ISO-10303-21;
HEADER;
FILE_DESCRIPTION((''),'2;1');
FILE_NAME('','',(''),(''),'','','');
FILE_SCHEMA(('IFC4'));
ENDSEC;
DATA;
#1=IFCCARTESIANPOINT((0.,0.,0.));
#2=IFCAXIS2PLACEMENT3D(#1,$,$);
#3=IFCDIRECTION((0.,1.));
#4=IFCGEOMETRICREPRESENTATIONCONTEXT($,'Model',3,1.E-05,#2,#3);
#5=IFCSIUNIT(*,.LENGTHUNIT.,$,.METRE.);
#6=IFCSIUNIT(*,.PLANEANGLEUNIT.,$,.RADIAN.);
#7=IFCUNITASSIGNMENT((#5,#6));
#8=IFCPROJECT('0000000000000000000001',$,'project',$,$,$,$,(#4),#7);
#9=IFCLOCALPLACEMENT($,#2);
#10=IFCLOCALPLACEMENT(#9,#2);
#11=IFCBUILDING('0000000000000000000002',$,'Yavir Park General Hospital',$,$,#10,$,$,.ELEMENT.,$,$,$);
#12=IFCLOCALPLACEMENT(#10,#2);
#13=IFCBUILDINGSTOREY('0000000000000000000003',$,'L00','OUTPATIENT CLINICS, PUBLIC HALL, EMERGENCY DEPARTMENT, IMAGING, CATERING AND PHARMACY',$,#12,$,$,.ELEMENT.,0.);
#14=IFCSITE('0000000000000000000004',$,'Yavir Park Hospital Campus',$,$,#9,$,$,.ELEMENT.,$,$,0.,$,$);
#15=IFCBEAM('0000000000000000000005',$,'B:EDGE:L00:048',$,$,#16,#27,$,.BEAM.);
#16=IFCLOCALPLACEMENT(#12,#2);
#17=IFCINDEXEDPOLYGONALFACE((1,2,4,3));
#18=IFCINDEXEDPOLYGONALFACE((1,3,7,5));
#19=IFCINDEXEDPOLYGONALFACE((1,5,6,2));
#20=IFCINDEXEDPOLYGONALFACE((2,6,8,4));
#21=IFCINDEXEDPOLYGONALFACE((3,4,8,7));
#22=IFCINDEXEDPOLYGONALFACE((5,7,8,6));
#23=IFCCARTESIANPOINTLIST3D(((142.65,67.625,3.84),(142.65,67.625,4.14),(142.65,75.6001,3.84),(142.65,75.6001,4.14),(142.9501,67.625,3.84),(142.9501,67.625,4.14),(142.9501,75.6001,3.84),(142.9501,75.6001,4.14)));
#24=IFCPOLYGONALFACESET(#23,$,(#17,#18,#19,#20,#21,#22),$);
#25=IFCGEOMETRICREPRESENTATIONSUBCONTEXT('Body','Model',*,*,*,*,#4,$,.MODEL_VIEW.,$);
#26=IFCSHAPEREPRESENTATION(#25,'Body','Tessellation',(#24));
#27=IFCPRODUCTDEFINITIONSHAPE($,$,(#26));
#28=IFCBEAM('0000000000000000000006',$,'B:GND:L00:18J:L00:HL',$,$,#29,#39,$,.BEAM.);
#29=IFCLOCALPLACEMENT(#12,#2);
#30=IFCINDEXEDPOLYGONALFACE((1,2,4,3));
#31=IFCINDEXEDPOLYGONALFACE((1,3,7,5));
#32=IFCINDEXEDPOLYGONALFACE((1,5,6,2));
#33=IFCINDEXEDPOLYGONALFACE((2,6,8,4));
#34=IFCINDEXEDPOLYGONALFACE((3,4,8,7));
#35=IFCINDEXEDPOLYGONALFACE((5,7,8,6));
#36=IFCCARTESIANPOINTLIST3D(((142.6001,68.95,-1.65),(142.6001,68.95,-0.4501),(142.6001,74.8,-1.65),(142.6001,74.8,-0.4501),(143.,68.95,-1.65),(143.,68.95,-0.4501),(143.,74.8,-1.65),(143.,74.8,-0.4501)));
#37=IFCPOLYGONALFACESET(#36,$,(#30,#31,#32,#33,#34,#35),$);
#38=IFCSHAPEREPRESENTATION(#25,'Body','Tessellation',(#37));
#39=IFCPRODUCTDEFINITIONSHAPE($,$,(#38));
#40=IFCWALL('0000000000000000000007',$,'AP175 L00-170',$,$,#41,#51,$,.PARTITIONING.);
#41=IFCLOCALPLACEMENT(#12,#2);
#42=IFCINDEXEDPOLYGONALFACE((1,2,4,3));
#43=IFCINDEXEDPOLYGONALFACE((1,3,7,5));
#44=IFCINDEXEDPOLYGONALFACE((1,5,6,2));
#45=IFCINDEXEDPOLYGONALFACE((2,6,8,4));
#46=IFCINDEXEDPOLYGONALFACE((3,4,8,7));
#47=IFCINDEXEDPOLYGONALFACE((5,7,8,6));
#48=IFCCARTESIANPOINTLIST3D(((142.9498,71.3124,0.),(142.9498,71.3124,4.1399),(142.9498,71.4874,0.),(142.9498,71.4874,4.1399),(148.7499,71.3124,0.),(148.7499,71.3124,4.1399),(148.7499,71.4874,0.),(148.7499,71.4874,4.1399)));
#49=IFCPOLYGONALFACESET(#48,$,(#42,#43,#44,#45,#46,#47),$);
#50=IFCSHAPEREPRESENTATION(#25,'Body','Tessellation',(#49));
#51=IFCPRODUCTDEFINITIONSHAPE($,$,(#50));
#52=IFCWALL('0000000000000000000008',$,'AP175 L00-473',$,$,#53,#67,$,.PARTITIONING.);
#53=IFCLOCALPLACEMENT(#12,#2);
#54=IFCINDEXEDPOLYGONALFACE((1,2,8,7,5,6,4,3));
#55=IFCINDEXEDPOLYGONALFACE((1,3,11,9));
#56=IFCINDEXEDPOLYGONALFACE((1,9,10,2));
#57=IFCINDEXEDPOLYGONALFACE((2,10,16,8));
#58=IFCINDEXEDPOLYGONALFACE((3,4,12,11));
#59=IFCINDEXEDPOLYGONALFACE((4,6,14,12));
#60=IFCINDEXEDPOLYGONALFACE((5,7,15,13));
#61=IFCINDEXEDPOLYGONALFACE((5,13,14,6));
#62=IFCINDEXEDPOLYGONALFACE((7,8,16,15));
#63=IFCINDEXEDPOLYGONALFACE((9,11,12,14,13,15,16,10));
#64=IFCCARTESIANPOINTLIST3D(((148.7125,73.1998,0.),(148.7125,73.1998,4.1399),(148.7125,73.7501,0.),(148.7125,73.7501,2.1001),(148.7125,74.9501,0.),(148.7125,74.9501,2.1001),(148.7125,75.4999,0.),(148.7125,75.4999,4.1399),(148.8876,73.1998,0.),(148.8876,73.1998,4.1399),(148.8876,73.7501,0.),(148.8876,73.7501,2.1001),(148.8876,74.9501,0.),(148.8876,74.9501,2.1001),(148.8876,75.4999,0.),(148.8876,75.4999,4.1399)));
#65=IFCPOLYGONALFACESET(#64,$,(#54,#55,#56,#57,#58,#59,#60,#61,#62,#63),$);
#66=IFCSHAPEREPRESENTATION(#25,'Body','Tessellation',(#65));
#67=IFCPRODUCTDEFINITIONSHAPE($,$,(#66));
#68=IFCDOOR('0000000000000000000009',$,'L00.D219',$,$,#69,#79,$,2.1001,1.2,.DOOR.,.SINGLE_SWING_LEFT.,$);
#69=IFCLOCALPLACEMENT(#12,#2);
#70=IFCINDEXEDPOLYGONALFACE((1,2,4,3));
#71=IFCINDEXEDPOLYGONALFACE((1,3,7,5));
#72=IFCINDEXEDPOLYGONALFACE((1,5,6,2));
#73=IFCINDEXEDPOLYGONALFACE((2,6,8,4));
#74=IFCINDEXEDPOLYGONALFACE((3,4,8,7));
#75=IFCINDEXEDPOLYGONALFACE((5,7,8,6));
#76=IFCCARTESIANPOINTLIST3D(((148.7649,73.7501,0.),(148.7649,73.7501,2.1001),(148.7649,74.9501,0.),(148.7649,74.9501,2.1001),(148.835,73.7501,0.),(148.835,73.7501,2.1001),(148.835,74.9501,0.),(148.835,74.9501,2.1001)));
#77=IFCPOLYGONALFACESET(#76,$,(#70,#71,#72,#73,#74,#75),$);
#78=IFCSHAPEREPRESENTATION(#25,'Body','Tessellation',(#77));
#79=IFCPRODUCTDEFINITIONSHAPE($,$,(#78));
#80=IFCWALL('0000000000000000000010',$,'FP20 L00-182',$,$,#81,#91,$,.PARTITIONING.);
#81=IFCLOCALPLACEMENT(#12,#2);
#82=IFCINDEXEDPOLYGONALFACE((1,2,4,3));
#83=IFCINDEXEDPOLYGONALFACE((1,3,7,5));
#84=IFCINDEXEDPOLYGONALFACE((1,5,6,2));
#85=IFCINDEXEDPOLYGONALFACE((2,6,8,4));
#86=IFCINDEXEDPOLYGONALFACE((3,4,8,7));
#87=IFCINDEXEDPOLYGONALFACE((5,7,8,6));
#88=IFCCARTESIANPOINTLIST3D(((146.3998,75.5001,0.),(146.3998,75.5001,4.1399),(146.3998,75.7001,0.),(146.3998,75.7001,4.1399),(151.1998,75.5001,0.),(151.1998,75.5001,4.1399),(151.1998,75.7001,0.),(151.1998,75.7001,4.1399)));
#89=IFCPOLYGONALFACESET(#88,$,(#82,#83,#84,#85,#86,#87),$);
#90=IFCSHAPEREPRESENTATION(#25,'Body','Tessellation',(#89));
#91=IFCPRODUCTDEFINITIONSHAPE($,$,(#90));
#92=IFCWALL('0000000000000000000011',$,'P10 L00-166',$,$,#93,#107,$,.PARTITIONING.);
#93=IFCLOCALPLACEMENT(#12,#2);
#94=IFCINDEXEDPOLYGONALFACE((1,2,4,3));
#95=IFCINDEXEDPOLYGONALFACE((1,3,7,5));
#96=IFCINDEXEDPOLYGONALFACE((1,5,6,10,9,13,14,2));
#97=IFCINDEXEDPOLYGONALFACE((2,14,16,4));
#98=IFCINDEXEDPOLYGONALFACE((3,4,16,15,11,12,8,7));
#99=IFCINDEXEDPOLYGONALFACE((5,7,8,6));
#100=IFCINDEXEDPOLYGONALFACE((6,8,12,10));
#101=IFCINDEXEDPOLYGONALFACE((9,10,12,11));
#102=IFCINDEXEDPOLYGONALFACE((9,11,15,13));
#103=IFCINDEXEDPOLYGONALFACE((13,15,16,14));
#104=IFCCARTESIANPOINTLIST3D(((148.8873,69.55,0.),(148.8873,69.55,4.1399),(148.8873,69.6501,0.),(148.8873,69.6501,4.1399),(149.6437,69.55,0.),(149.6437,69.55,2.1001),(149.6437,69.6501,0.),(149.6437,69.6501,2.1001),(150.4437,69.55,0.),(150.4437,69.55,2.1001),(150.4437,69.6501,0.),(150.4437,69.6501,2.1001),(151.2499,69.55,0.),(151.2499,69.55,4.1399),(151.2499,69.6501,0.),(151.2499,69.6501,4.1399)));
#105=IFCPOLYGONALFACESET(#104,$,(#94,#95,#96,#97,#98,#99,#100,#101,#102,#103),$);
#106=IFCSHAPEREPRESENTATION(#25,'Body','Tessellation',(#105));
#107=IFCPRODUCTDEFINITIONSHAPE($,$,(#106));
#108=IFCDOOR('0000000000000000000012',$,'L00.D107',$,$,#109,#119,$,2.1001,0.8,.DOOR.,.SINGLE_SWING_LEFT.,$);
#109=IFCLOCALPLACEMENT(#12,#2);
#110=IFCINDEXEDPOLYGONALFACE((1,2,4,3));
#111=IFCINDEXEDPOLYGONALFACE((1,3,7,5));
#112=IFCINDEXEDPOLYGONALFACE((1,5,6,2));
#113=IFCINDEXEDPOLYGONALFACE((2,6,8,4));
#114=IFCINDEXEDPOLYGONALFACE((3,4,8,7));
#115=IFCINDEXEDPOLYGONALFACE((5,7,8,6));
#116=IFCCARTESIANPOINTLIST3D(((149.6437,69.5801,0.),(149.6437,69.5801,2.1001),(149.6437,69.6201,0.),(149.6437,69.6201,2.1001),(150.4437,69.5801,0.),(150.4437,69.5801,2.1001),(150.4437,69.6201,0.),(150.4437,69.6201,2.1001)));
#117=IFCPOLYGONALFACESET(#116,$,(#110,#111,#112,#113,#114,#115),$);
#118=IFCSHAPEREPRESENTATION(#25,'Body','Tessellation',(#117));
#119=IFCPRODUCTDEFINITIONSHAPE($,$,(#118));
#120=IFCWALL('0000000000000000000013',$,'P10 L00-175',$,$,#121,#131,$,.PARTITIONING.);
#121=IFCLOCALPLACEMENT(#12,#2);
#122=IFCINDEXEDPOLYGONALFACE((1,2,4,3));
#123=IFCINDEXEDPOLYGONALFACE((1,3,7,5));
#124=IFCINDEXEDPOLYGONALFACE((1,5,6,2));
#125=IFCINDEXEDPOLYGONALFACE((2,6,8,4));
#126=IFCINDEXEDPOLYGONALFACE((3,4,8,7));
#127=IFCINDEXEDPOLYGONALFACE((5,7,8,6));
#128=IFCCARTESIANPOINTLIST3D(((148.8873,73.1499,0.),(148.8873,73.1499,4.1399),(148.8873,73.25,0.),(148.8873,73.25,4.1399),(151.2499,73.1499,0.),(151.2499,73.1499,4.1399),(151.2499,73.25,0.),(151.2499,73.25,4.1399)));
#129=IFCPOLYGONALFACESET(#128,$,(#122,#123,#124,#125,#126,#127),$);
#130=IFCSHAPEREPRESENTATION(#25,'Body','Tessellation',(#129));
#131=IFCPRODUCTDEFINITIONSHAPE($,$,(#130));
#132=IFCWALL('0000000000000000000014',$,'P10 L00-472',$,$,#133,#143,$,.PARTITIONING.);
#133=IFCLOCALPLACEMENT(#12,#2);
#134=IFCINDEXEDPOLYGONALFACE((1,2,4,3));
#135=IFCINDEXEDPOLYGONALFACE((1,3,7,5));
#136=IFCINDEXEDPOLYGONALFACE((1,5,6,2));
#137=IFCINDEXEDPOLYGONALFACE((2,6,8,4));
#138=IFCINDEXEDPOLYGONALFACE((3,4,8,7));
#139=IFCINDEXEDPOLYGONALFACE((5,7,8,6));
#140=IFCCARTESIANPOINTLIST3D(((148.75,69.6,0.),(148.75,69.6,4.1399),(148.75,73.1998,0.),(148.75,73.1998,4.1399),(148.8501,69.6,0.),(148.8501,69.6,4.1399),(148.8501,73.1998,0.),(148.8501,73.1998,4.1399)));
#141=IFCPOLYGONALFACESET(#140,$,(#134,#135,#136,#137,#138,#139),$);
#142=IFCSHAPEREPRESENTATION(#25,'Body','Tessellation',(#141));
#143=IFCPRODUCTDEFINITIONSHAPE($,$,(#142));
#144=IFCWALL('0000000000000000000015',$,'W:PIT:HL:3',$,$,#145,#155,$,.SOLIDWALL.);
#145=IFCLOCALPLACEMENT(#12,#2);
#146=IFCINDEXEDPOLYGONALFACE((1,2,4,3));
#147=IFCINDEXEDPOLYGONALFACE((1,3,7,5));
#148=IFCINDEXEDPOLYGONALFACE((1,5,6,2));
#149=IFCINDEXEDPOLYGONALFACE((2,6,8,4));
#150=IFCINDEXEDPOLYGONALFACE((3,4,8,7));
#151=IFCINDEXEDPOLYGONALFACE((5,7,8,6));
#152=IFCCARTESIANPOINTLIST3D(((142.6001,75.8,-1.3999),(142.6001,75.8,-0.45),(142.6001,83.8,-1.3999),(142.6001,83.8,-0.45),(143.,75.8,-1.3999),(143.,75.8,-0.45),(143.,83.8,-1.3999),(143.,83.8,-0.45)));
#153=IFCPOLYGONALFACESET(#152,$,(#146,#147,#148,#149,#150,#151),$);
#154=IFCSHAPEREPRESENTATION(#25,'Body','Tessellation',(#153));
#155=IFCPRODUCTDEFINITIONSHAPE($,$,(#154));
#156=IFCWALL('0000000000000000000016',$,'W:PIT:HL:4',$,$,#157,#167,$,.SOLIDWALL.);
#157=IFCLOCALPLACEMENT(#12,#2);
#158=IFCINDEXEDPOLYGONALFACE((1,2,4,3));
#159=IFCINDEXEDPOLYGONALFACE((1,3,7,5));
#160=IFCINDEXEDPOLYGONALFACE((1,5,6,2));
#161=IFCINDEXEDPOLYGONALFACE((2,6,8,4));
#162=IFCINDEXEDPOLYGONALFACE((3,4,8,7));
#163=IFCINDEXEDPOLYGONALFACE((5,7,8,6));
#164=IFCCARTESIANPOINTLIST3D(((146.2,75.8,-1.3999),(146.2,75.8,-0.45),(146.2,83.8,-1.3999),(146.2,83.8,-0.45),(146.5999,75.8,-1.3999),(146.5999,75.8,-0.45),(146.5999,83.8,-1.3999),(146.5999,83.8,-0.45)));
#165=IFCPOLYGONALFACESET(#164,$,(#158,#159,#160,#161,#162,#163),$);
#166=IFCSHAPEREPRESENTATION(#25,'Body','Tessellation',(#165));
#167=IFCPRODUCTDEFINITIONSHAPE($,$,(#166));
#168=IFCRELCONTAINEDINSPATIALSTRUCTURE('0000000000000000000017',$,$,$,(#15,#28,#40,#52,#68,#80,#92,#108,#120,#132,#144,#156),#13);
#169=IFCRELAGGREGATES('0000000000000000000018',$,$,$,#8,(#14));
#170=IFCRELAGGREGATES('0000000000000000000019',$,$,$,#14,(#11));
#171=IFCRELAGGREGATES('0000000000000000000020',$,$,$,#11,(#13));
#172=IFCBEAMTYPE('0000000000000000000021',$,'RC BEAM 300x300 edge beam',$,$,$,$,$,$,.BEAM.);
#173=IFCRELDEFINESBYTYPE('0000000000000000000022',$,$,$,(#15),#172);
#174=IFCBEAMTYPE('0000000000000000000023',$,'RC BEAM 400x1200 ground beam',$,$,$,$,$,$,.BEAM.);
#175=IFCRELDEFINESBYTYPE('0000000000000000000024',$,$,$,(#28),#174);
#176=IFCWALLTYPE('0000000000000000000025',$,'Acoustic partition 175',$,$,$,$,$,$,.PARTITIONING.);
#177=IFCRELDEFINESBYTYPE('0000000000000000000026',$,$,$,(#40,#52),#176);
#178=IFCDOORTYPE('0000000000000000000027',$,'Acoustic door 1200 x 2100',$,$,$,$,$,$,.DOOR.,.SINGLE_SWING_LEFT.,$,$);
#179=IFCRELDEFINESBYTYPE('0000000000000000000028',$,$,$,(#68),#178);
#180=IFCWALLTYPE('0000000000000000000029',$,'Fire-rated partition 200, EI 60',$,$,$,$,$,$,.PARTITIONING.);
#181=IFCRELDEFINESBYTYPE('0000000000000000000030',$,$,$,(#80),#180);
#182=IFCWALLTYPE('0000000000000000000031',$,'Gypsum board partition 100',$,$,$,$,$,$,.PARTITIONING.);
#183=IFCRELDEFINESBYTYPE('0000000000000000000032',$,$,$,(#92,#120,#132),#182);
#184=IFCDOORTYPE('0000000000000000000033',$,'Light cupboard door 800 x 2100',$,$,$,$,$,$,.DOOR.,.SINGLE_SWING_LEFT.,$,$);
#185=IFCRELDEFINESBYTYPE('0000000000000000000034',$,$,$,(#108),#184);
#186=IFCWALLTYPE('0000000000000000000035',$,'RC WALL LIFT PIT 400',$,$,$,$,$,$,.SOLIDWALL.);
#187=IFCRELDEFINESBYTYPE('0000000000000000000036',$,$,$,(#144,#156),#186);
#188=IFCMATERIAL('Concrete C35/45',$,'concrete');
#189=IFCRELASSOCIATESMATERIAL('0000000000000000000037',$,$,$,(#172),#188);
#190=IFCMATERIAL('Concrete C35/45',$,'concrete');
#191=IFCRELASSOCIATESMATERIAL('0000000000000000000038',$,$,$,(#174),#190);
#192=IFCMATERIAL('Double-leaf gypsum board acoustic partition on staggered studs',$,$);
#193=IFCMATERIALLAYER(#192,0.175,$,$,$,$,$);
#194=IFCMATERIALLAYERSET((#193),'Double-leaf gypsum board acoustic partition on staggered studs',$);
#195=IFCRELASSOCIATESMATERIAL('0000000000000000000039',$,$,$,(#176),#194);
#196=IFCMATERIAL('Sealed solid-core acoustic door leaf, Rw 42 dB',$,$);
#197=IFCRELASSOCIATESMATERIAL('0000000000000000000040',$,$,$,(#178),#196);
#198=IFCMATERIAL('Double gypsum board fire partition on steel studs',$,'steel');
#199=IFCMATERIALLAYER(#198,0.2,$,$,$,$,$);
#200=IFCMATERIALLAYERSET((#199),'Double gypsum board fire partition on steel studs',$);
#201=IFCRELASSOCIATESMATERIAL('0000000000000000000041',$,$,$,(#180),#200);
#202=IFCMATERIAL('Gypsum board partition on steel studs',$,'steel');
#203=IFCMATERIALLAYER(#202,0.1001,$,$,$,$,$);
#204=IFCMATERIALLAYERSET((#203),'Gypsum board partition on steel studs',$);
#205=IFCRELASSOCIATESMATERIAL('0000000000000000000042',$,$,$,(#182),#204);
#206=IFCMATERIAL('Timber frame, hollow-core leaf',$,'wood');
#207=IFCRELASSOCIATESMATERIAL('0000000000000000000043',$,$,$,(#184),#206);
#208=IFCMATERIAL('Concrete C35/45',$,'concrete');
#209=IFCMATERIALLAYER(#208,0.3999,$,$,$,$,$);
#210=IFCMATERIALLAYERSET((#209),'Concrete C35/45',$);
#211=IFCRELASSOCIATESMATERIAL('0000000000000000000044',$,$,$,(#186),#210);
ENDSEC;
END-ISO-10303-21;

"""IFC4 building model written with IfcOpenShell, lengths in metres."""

from ifc_helpers import new_model, si_unit, direction, frame, frame_2d, origin, origin_2d, place, context, subcontext, project, spatial, rectangle, extrude, material, layer, layer_set, material_profile, profile_set, type_object, element, fill, save


model = new_model("IFC4")

# Units and contexts
model_context = context("Model", 3, precision=1e-05, world=origin(), true_north=direction((0.0, 1.0)))
body_context = subcontext(model_context, "Body", "Model", "MODEL_VIEW")
ifc_project = project(units=[si_unit("LENGTHUNIT", "METRE"), si_unit("PLANEANGLEUNIT", "RADIAN")], contexts=[model_context])

# Site, building, storey
site_placement = place(None, origin())
site = spatial("IfcSite", under=ifc_project, at=site_placement, Name="Yavir Park Hospital Campus", CompositionType="ELEMENT", RefElevation=0.0)
building_placement = place(site_placement, origin())
building = spatial("IfcBuilding", under=site, at=building_placement, Name="Yavir Park General Hospital", CompositionType="ELEMENT")
storey_placement = place(building_placement, origin())
storey = spatial("IfcBuildingStorey", under=building, at=storey_placement, Name="L00", Description="OUTPATIENT CLINICS, PUBLIC HALL, EMERGENCY DEPARTMENT, IMAGING, CATERING AND PHARMACY", CompositionType="ELEMENT", Elevation=0.0)

# Beams
ifc_material_1 = material(Name="Concrete C35/45", Category="concrete")
ifc_material_profile_1 = material_profile(ifc_material_1, rectangle(XDim=0.3, YDim=0.3, at=origin_2d()), Name="RC300x300")
ifc_profile_set_1 = profile_set([ifc_material_profile_1], Name="Concrete C35/45")
beam_type_1 = type_object("IfcBeamType", Name="RC BEAM 300x300 edge beam", PredefinedType="BEAM", material=ifc_profile_set_1)
beam_1_placement = place(storey_placement, frame((142.8, 67.625, 3.99), z_axis=(0.0, 1.0, 0.0), x_axis=(-1.0, 0.0, 0.0)))
element("IfcBeam", 1, at=beam_1_placement, inside=storey, type_object=beam_type_1, Name="B:EDGE:L00:048", PredefinedType="BEAM", context=body_context, shape_type="SweptSolid", body=[
    extrude(rectangle(XDim=0.3, YDim=0.3, at=origin_2d()), origin(), (0.0, 0.0, 1.0), 7.9751),
])
ifc_material_2 = material(Name="Concrete C35/45", Category="concrete")
ifc_material_profile_2 = material_profile(ifc_material_2, rectangle(XDim=0.3999, YDim=1.2, at=origin_2d()), Name="RC400x1200")
ifc_profile_set_2 = profile_set([ifc_material_profile_2], Name="Concrete C35/45")
beam_type_2 = type_object("IfcBeamType", Name="RC BEAM 400x1200 ground beam", PredefinedType="BEAM", material=ifc_profile_set_2)
beam_2_placement = place(storey_placement, frame((142.8, 68.95, -1.05), z_axis=(0.0, 1.0, 0.0), x_axis=(-1.0, 0.0, 0.0)))
element("IfcBeam", 2, at=beam_2_placement, inside=storey, type_object=beam_type_2, Name="B:GND:L00:18J:L00:HL", PredefinedType="BEAM", context=body_context, shape_type="SweptSolid", body=[
    extrude(rectangle(XDim=0.3999, YDim=1.2, at=origin_2d()), origin(), (0.0, 0.0, 1.0), 5.8501),
])

# Wall
ifc_material_3 = material(Name="Double-leaf gypsum board acoustic partition on staggered studs")
ifc_layer_1 = layer(ifc_material_3, 0.175)
ifc_layer_set_1 = layer_set([ifc_layer_1], Name="Double-leaf gypsum board acoustic partition on staggered studs")
wall_type_1 = type_object("IfcWallType", Name="Acoustic partition 175", PredefinedType="PARTITIONING", material=ifc_layer_set_1)
wall_1_placement = place(storey_placement, frame((142.95, 71.3999, 0.0), z_axis=(0.0, 0.0, 1.0), x_axis=(1.0, 0.0, 0.0)))
element("IfcWall", 3, at=wall_1_placement, inside=storey, type_object=wall_type_1, Name="AP175 L00-170", PredefinedType="PARTITIONING", context=body_context, shape_type="SweptSolid", body=[
    extrude(rectangle(XDim=5.8, YDim=0.175, at=frame_2d((2.8999, 0.0))), origin(), (0.0, 0.0, 1.0), 4.1399),
])

# Wall, opening, door
wall_2_placement = place(storey_placement, frame((148.8, 73.2, 0.0), z_axis=(0.0, 0.0, 1.0), x_axis=(0.0, 1.0, 0.0)))
wall_2 = element("IfcWall", 4, at=wall_2_placement, inside=storey, type_object=wall_type_1, Name="AP175 L00-473", PredefinedType="PARTITIONING", context=body_context, shape_type="SweptSolid", body=[
    extrude(rectangle(XDim=2.3, YDim=0.175, at=frame_2d((1.1499, 0.0))), origin(), (0.0, 0.0, 1.0), 4.1399),
])
opening_1_placement = place(wall_2_placement, frame((0.55, 0.0, 0.0)))
opening_1 = element("IfcOpeningElement", 5, at=opening_1_placement, cuts=wall_2, PredefinedType="OPENING", context=body_context, shape_type="SweptSolid", body=[
    extrude(rectangle(XDim=1.2, YDim=2.1001, at=frame_2d((0.6001, 1.05))), frame((0.0, 0.0974, 0.0), z_axis=(0.0, -1.0, 0.0), x_axis=(1.0, 0.0, 0.0)), (0.0, 0.0, 1.0), 0.1951),
])
ifc_material_4 = material(Name="Sealed solid-core acoustic door leaf, Rw 42 dB")
door_type_1 = type_object("IfcDoorType", Name="Acoustic door 1200 x 2100", OperationType="SINGLE_SWING_LEFT", PredefinedType="DOOR", material=ifc_material_4)
door_1_placement = place(opening_1_placement, origin())
door_1 = element("IfcDoor", 6, at=door_1_placement, inside=storey, type_object=door_type_1, Name="L00.D219", OperationType="SINGLE_SWING_LEFT", OverallHeight=2.1001, OverallWidth=1.2, PredefinedType="DOOR", context=body_context, shape_type="SweptSolid", body=[
    extrude(rectangle(XDim=1.2, YDim=2.1001, at=frame_2d((0.6001, 1.05))), frame((0.0, 0.0352, 0.0), z_axis=(0.0, -1.0, 0.0), x_axis=(1.0, 0.0, 0.0)), (0.0, 0.0, 1.0), 0.0701),
])
fill(opening_1, door_1)

# Wall
ifc_material_5 = material(Name="Double gypsum board fire partition on steel studs", Category="steel")
ifc_layer_2 = layer(ifc_material_5, 0.2)
ifc_layer_set_2 = layer_set([ifc_layer_2], Name="Double gypsum board fire partition on steel studs")
wall_type_2 = type_object("IfcWallType", Name="Fire-rated partition 200, EI 60", PredefinedType="PARTITIONING", material=ifc_layer_set_2)
wall_3_placement = place(storey_placement, frame((146.3999, 75.6001, 0.0), z_axis=(0.0, 0.0, 1.0), x_axis=(1.0, 0.0, 0.0)))
element("IfcWall", 7, at=wall_3_placement, inside=storey, type_object=wall_type_2, Name="FP20 L00-182", PredefinedType="PARTITIONING", context=body_context, shape_type="SweptSolid", body=[
    extrude(rectangle(XDim=4.8, YDim=0.2, at=frame_2d((2.3999, 0.0))), origin(), (0.0, 0.0, 1.0), 4.1399),
])

# Wall, opening, door
ifc_material_6 = material(Name="Gypsum board partition on steel studs", Category="steel")
ifc_layer_3 = layer(ifc_material_6, 0.1001)
ifc_layer_set_3 = layer_set([ifc_layer_3], Name="Gypsum board partition on steel studs")
wall_type_3 = type_object("IfcWallType", Name="Gypsum board partition 100", PredefinedType="PARTITIONING", material=ifc_layer_set_3)
wall_4_placement = place(storey_placement, frame((148.8875, 69.6001, 0.0), z_axis=(0.0, 0.0, 1.0), x_axis=(1.0, 0.0, 0.0)))
wall_4 = element("IfcWall", 8, at=wall_4_placement, inside=storey, type_object=wall_type_3, Name="P10 L00-166", PredefinedType="PARTITIONING", context=body_context, shape_type="SweptSolid", body=[
    extrude(rectangle(XDim=2.3625, YDim=0.1001, at=frame_2d((1.1812, 0.0))), origin(), (0.0, 0.0, 1.0), 4.1399),
])
opening_2_placement = place(wall_4_placement, frame((0.7563, 0.0, 0.0)))
opening_2 = element("IfcOpeningElement", 9, at=opening_2_placement, cuts=wall_4, PredefinedType="OPENING", context=body_context, shape_type="SweptSolid", body=[
    extrude(rectangle(XDim=0.8, YDim=2.1001, at=frame_2d((0.3999, 1.05))), frame((0.0, 0.0601, 0.0), z_axis=(0.0, -1.0, 0.0), x_axis=(1.0, 0.0, 0.0)), (0.0, 0.0, 1.0), 0.1201),
])
ifc_material_7 = material(Name="Timber frame, hollow-core leaf", Category="wood")
door_type_2 = type_object("IfcDoorType", Name="Light cupboard door 800 x 2100", OperationType="SINGLE_SWING_LEFT", PredefinedType="DOOR", material=ifc_material_7)
door_2_placement = place(opening_2_placement, origin())
door_2 = element("IfcDoor", 10, at=door_2_placement, inside=storey, type_object=door_type_2, Name="L00.D107", OperationType="SINGLE_SWING_LEFT", OverallHeight=2.1001, OverallWidth=0.8, PredefinedType="DOOR", context=body_context, shape_type="SweptSolid", body=[
    extrude(rectangle(XDim=0.8, YDim=2.1001, at=frame_2d((0.3999, 1.05))), frame((0.0, 0.02, 0.0), z_axis=(0.0, -1.0, 0.0), x_axis=(1.0, 0.0, 0.0)), (0.0, 0.0, 1.0), 0.04),
])
fill(opening_2, door_2)

# Walls
wall_5_placement = place(storey_placement, frame((148.8875, 73.2, 0.0), z_axis=(0.0, 0.0, 1.0), x_axis=(1.0, 0.0, 0.0)))
element("IfcWall", 11, at=wall_5_placement, inside=storey, type_object=wall_type_3, Name="P10 L00-175", PredefinedType="PARTITIONING", context=body_context, shape_type="SweptSolid", body=[
    extrude(rectangle(XDim=2.3625, YDim=0.1001, at=frame_2d((1.1812, 0.0))), origin(), (0.0, 0.0, 1.0), 4.1399),
])
wall_6_placement = place(storey_placement, frame((148.8, 69.6001, 0.0), z_axis=(0.0, 0.0, 1.0), x_axis=(0.0, 1.0, 0.0)))
element("IfcWall", 12, at=wall_6_placement, inside=storey, type_object=wall_type_3, Name="P10 L00-472", PredefinedType="PARTITIONING", context=body_context, shape_type="SweptSolid", body=[
    extrude(rectangle(XDim=3.5999, YDim=0.1001, at=frame_2d((1.7998, 0.0))), origin(), (0.0, 0.0, 1.0), 4.1399),
])
ifc_material_8 = material(Name="Concrete C35/45", Category="concrete")
ifc_layer_4 = layer(ifc_material_8, 0.3999)
ifc_layer_set_4 = layer_set([ifc_layer_4], Name="Concrete C35/45")
wall_type_4 = type_object("IfcWallType", Name="RC WALL LIFT PIT 400", PredefinedType="SOLIDWALL", material=ifc_layer_set_4)
for number, where, z_axis, x_axis, name in (
    (13, (142.8, 75.8, -1.3999), (0.0, 0.0, 1.0), (0.0, 1.0, 0.0), "W:PIT:HL:3"),
    (14, (146.3999, 75.8, -1.3999), (0.0, 0.0, 1.0), (0.0, 1.0, 0.0), "W:PIT:HL:4"),
):
    element("IfcWall", number, at=place(storey_placement, frame(where, z_axis=z_axis, x_axis=x_axis)), inside=storey, type_object=wall_type_4, Name=name, PredefinedType="SOLIDWALL", context=body_context, shape_type="SweptSolid", body=[
        extrude(rectangle(XDim=8.0, YDim=0.3999, at=frame_2d((4.0, 0.0))), origin(), (0.0, 0.0, 1.0), 0.95),
    ])

save(model, "model.ifc")
